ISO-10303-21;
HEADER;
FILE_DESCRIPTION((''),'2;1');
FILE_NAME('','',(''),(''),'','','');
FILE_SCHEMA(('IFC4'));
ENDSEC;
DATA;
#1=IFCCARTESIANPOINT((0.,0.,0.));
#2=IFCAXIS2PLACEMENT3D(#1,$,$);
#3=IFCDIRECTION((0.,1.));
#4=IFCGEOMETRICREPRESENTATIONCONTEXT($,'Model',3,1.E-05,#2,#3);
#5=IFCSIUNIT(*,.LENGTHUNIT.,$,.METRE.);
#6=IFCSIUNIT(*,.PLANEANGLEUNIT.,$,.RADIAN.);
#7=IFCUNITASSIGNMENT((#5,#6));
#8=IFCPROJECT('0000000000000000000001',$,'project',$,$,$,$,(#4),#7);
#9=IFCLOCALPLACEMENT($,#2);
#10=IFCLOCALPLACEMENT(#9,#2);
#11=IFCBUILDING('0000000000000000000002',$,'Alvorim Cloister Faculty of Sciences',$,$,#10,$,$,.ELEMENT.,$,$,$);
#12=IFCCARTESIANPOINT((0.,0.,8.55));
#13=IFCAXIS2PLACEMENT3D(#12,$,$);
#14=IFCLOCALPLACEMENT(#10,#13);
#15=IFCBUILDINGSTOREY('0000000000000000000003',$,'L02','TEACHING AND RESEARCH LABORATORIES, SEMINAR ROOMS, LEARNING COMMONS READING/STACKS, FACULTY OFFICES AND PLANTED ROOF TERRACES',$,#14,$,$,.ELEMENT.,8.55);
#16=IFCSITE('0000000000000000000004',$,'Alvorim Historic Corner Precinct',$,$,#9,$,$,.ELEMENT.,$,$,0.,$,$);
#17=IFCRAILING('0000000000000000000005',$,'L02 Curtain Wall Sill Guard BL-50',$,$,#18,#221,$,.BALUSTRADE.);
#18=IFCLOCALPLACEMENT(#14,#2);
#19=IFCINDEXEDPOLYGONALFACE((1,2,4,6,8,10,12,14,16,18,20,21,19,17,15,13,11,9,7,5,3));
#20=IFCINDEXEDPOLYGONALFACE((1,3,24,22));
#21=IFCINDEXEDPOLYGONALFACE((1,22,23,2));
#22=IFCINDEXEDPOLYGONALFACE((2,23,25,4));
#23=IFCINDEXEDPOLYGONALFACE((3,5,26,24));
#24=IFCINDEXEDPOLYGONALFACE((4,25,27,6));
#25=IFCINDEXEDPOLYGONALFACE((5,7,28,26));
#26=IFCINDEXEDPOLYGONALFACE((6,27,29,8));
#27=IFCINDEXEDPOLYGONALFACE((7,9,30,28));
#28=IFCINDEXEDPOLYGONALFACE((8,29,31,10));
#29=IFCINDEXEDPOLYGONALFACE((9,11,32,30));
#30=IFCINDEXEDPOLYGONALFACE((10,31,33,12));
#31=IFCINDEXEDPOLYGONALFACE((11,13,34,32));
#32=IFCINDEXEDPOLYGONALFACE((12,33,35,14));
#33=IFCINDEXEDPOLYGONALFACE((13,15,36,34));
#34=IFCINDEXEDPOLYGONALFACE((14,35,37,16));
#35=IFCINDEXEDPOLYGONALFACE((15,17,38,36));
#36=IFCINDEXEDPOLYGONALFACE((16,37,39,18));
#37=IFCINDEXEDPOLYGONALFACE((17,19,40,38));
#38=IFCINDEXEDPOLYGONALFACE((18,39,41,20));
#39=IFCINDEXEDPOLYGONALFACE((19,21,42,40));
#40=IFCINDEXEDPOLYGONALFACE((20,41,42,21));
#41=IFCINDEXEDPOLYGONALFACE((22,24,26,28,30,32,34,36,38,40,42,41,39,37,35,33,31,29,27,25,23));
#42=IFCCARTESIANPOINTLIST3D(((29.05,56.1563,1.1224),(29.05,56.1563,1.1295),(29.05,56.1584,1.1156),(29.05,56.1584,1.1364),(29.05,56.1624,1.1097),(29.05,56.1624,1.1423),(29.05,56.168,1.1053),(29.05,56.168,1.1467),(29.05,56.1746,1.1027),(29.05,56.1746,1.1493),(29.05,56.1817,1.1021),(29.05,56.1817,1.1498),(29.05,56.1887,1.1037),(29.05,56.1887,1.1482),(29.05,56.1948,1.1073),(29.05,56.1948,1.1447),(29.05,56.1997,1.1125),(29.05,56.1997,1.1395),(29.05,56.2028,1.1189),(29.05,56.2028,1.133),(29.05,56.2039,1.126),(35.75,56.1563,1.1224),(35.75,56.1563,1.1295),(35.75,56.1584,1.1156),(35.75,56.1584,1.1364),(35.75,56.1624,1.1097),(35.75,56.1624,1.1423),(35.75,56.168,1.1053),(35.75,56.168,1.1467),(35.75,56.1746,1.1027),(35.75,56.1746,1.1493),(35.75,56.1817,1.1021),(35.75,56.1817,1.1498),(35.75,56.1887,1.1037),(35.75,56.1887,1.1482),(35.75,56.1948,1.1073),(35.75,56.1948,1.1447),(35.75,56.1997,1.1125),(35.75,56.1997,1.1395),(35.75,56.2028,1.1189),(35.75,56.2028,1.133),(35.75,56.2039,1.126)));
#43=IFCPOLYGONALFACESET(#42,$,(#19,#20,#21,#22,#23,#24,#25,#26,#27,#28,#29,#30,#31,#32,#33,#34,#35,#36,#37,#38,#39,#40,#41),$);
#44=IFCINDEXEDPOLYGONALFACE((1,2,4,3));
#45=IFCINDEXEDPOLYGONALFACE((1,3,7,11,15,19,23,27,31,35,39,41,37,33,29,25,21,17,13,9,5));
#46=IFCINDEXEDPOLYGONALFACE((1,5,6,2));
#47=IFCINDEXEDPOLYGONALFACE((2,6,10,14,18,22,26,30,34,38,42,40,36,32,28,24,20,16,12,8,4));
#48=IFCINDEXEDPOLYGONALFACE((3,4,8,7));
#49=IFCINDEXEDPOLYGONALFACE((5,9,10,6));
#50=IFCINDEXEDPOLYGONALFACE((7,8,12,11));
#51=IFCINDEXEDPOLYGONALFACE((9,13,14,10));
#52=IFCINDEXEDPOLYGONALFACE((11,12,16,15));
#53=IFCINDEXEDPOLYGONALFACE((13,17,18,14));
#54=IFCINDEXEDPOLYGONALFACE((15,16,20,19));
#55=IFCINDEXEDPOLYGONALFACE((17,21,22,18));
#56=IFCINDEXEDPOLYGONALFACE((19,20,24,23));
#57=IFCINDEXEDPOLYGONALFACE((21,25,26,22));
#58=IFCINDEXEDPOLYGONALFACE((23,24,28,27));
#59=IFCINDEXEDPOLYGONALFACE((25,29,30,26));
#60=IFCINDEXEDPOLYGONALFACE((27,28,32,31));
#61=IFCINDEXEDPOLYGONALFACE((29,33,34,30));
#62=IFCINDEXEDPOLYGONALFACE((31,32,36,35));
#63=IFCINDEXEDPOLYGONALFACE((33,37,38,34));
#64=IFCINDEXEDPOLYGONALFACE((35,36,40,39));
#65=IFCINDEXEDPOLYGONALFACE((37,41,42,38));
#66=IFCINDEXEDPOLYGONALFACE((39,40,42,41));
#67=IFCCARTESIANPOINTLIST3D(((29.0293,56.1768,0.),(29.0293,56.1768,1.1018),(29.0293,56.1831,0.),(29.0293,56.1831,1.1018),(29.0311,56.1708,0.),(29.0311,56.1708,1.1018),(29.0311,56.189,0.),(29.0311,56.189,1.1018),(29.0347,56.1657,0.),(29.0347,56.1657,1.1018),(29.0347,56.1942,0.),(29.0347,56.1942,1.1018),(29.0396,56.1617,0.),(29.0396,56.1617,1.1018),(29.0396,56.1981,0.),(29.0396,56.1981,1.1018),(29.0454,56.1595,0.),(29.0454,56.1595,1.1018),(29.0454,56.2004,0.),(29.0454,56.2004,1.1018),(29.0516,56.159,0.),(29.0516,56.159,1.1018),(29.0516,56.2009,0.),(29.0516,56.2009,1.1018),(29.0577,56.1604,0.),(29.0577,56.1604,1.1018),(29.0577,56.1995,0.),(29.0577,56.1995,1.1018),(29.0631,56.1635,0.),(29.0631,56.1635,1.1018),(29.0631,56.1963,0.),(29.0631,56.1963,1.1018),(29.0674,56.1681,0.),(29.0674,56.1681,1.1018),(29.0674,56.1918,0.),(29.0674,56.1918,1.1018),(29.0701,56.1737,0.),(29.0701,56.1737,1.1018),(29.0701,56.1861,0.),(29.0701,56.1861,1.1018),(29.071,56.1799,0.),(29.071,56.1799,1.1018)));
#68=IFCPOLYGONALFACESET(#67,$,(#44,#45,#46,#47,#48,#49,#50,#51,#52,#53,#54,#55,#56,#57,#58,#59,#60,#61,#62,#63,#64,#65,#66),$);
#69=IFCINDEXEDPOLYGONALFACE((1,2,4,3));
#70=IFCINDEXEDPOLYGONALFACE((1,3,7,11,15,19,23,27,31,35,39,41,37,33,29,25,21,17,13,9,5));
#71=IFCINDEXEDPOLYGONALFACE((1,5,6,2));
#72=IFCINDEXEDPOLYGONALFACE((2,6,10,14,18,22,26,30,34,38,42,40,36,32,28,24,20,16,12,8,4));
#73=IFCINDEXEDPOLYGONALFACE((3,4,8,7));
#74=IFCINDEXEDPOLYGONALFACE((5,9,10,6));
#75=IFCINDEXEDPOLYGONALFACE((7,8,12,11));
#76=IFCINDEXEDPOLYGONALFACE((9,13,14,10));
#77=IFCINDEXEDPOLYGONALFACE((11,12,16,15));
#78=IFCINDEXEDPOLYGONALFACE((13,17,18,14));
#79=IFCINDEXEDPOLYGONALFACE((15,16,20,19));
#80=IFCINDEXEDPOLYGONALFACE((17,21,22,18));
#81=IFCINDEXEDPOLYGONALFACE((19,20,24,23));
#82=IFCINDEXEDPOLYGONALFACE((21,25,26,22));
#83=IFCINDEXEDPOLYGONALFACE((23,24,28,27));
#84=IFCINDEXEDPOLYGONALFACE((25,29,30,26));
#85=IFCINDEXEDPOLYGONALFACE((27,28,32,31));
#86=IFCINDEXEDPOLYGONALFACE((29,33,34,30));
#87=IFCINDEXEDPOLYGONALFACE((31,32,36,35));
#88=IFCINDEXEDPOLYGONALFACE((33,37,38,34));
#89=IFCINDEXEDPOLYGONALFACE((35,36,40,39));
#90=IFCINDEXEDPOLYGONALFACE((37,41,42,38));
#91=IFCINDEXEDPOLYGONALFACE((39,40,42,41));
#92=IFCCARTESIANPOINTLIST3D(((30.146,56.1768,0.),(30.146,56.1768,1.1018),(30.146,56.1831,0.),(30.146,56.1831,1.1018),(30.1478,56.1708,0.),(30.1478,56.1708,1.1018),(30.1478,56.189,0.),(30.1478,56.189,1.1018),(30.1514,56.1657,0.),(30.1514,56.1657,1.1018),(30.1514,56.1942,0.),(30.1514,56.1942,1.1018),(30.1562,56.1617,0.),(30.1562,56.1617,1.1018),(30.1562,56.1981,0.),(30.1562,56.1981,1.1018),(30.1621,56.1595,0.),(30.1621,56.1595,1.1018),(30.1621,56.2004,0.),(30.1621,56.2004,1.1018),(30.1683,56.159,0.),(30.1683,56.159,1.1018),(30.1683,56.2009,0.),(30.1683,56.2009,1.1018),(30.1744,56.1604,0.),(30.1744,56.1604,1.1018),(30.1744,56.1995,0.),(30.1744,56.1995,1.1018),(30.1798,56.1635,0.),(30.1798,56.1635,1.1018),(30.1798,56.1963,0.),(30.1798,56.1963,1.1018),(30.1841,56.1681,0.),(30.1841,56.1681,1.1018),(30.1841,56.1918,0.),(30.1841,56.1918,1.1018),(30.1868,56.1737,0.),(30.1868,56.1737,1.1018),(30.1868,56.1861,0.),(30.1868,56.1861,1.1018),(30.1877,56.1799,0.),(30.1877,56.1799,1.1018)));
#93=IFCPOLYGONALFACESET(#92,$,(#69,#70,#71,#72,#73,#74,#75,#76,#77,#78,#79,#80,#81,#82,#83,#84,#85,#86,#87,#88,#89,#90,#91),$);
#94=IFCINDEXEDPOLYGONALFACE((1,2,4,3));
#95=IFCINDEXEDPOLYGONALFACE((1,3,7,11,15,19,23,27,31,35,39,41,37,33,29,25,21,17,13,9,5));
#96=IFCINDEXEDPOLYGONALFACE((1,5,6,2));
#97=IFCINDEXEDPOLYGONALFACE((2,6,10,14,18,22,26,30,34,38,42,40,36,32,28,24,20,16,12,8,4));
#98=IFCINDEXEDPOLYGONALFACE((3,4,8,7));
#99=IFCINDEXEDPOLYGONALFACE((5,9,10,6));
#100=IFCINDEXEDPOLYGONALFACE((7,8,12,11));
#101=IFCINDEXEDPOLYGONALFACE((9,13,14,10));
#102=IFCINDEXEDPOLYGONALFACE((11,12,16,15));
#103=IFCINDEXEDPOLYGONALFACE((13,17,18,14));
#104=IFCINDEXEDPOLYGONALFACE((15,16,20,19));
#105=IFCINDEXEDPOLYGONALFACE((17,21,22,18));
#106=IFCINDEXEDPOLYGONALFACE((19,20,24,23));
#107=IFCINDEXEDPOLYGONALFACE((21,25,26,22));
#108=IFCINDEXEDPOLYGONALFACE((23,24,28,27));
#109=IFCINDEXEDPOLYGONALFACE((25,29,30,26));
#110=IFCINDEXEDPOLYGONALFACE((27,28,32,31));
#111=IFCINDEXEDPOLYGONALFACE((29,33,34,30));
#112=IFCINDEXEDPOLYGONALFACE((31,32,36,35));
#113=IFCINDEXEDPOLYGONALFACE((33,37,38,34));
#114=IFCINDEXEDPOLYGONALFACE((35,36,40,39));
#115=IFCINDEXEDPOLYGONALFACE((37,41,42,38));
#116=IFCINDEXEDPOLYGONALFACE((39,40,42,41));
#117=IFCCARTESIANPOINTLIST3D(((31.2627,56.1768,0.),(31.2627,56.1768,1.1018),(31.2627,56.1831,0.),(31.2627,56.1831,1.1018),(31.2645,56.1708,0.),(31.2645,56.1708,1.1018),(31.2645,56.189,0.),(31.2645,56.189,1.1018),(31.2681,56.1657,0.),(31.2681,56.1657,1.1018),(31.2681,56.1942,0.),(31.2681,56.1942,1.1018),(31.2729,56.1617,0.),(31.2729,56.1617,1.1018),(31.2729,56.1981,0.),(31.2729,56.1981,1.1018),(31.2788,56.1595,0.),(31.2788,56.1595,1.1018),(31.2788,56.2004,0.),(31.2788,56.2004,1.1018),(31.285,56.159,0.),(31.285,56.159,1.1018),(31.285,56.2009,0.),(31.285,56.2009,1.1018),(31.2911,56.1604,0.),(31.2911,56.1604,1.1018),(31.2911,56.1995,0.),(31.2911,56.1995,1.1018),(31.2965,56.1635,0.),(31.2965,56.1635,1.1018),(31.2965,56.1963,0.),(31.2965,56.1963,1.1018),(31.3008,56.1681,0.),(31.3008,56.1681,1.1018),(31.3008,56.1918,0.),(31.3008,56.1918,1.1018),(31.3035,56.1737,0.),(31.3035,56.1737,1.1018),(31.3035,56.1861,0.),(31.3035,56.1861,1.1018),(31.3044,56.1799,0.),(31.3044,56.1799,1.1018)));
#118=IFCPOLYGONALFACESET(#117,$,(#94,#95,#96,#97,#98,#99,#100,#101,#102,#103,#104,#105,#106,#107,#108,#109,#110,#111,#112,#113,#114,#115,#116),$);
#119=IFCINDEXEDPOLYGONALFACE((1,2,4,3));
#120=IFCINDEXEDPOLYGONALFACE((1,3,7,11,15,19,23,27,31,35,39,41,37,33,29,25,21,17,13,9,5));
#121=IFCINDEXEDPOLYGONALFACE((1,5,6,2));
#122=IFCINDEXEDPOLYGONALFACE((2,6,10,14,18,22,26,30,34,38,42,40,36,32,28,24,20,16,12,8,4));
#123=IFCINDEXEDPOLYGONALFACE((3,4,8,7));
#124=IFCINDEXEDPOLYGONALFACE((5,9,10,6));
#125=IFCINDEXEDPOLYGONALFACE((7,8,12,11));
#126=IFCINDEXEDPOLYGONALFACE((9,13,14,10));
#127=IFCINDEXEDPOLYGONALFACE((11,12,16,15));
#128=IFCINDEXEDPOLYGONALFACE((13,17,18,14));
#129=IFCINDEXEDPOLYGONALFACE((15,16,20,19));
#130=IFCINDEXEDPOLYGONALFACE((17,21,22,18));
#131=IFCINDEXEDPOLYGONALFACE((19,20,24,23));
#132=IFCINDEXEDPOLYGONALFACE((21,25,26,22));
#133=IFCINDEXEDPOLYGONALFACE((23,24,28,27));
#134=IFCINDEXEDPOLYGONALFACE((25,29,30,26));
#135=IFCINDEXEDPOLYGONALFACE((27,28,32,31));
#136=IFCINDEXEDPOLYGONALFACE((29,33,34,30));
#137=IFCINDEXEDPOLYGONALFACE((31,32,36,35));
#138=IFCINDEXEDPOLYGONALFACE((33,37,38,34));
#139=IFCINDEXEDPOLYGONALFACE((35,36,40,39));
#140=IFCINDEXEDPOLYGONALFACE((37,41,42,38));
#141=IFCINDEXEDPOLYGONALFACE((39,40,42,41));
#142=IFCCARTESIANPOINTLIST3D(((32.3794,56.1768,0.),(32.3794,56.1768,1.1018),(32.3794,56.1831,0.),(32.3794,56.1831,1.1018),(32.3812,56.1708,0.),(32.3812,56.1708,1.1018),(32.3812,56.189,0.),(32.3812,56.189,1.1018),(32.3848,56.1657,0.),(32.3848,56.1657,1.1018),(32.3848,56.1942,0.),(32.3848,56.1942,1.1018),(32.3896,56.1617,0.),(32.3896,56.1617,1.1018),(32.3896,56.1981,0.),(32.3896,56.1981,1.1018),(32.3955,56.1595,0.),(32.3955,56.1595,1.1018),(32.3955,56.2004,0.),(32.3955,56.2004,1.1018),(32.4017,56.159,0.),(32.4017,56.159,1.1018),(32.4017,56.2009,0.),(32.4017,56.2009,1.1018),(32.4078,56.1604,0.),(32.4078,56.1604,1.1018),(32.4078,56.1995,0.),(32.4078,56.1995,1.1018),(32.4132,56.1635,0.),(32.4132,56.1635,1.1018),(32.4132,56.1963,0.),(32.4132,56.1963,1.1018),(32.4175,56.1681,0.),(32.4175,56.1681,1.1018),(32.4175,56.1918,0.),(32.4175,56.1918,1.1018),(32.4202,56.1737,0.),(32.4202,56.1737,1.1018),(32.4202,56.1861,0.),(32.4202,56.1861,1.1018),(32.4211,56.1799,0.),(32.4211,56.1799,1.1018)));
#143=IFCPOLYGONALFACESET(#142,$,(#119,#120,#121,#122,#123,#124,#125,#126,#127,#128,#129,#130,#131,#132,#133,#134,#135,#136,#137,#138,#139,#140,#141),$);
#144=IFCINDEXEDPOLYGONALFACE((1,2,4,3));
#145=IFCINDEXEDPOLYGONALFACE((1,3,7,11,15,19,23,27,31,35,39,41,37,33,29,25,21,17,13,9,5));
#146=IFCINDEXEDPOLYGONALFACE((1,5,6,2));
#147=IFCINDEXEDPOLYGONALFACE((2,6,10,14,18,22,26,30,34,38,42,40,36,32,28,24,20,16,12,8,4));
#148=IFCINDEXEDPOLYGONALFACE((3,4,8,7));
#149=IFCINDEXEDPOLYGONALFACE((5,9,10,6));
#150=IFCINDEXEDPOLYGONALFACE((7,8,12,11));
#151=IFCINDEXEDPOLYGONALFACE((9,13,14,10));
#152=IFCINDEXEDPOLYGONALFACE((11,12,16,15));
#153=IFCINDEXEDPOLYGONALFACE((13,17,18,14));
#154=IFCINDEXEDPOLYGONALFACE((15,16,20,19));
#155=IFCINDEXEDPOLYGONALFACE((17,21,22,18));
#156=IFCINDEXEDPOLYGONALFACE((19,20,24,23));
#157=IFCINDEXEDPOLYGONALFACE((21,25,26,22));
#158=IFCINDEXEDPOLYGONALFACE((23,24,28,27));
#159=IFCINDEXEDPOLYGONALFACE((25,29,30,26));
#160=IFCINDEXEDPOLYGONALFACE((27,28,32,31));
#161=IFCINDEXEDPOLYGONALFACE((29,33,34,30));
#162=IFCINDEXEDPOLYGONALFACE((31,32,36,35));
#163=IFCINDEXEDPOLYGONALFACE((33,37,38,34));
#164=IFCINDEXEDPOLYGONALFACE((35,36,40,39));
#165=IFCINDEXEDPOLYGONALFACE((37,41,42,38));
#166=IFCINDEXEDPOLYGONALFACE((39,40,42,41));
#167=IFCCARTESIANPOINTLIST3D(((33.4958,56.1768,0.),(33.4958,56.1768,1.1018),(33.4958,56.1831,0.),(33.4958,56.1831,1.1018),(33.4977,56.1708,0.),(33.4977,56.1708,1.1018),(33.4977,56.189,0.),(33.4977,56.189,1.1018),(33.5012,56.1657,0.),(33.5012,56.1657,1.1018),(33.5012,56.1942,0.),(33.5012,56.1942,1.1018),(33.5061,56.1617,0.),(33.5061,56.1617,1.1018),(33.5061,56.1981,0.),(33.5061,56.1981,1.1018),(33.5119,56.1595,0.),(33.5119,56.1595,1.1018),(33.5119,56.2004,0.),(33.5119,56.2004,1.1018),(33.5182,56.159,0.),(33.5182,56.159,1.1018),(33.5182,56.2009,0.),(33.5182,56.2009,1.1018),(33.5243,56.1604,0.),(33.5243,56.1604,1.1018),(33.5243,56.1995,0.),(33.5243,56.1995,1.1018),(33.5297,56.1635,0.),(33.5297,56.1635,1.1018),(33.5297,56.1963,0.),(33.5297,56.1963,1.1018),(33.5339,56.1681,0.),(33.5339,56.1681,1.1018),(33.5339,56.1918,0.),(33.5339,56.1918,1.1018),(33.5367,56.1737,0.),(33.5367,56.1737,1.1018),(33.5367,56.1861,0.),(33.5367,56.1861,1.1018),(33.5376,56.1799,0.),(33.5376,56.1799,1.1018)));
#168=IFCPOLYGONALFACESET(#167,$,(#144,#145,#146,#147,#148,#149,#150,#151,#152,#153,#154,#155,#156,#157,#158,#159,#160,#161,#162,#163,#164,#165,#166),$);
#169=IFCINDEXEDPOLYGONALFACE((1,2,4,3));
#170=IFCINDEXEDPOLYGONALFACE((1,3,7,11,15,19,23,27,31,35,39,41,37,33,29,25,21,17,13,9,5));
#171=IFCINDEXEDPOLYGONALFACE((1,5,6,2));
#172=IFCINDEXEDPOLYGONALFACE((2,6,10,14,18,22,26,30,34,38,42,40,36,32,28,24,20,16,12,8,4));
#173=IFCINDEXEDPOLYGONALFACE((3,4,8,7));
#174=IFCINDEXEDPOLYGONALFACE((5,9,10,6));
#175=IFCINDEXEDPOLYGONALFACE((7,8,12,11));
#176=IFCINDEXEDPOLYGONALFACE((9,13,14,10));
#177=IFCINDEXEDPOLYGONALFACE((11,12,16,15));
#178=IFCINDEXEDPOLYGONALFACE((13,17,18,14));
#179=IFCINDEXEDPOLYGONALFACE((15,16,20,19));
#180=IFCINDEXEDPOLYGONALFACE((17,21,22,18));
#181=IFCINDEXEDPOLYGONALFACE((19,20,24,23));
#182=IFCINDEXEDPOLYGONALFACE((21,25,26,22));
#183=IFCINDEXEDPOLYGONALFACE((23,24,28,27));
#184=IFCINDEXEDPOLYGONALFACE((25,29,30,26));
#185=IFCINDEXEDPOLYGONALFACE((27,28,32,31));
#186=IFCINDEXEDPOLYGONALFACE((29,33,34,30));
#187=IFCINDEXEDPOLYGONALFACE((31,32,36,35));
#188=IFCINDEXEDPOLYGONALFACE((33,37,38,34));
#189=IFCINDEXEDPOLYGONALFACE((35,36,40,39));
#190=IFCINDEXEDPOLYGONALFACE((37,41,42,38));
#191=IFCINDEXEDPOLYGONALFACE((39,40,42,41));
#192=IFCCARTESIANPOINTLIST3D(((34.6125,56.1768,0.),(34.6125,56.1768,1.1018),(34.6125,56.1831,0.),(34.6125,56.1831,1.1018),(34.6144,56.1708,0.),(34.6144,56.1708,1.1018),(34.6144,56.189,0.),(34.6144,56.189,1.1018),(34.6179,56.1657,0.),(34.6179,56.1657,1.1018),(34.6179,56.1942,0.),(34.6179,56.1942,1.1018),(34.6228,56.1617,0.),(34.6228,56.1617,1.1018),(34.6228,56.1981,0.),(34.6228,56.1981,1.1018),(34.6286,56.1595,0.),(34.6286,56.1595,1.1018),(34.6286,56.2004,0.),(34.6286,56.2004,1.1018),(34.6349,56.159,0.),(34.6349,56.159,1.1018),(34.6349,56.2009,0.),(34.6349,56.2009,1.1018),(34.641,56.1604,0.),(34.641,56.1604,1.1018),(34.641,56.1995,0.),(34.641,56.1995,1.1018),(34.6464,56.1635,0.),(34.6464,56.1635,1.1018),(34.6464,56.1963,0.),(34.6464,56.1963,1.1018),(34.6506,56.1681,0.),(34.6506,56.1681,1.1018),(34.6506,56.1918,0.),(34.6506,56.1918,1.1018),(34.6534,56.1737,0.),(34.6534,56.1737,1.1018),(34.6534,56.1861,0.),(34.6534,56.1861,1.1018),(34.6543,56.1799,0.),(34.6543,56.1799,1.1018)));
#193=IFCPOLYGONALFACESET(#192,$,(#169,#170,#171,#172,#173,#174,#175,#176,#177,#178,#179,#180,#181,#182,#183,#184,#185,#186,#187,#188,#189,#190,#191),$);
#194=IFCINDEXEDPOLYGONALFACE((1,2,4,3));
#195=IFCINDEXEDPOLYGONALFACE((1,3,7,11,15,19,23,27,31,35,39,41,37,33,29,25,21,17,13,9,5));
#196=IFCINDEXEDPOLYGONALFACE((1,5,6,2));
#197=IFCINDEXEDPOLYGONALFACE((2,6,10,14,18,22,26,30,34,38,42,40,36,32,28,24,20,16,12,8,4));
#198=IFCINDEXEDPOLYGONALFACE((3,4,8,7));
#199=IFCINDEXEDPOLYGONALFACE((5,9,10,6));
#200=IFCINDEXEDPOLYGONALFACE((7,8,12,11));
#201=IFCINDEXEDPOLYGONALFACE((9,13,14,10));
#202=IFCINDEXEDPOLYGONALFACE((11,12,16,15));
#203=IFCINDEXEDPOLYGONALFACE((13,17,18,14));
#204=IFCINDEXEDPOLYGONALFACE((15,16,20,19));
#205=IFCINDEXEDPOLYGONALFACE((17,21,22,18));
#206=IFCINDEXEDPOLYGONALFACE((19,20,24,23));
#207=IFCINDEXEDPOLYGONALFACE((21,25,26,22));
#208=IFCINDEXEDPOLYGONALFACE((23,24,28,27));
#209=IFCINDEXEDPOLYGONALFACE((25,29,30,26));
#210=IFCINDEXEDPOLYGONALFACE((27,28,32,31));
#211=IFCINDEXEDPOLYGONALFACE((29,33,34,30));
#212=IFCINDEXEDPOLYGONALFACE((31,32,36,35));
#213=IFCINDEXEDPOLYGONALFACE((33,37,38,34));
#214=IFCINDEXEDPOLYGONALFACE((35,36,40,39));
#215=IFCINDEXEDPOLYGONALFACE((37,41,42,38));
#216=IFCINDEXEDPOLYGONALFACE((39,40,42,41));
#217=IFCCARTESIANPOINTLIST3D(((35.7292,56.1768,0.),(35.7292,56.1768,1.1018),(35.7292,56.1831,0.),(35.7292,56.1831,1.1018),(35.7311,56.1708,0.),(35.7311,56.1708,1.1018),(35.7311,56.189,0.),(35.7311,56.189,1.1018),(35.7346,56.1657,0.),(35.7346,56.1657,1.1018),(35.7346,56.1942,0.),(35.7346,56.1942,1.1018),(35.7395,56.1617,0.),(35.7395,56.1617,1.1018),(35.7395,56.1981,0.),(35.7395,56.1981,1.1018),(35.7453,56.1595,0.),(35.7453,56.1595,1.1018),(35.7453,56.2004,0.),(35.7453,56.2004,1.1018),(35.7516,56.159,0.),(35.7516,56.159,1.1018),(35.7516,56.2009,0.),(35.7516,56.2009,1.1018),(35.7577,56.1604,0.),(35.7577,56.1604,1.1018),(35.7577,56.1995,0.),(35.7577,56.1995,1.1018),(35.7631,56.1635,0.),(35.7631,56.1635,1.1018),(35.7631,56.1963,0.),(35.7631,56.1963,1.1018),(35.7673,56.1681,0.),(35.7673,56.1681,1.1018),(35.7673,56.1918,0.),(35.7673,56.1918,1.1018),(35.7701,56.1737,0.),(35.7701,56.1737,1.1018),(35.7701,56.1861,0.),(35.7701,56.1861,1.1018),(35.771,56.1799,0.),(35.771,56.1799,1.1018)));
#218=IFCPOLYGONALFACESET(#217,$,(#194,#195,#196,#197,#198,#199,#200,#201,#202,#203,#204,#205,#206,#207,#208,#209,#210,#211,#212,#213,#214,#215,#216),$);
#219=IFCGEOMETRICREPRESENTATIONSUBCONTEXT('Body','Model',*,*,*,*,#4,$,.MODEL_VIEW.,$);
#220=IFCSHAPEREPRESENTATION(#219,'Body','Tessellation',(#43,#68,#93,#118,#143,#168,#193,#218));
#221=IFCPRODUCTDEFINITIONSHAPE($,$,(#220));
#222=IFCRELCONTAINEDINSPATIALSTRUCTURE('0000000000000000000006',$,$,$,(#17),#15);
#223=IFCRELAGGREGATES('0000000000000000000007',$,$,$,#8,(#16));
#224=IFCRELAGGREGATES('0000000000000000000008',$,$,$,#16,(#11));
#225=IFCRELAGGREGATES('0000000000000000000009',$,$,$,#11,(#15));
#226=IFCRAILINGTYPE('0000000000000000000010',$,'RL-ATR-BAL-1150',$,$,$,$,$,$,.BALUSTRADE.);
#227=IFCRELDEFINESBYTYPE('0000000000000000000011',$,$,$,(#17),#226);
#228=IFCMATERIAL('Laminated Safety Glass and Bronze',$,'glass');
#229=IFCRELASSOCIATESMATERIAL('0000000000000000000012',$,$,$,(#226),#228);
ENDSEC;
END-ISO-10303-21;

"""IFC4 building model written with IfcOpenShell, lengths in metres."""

from ifc_helpers import new_model, si_unit, direction, frame, origin, origin_2d, place, context, subcontext, project, spatial, circle, extrude, material, type_object, element, save


model = new_model("IFC4")

# Units and contexts
model_context = context("Model", 3, precision=1e-05, world=origin(), true_north=direction((0.0, 1.0)))
body_context = subcontext(model_context, "Body", "Model", "MODEL_VIEW")
ifc_project = project(units=[si_unit("LENGTHUNIT", "METRE"), si_unit("PLANEANGLEUNIT", "RADIAN")], contexts=[model_context])

# Site, building, storey
site_placement = place(None, origin())
site = spatial("IfcSite", under=ifc_project, at=site_placement, Name="Alvorim Historic Corner Precinct", CompositionType="ELEMENT", RefElevation=0.0)
building_placement = place(site_placement, origin())
building = spatial("IfcBuilding", under=site, at=building_placement, Name="Alvorim Cloister Faculty of Sciences", CompositionType="ELEMENT")
storey_placement = place(building_placement, frame((0.0, 0.0, 8.55)))
storey = spatial("IfcBuildingStorey", under=building, at=storey_placement, Name="L02", Description="TEACHING AND RESEARCH LABORATORIES, SEMINAR ROOMS, LEARNING COMMONS READING/STACKS, FACULTY OFFICES AND PLANTED ROOF TERRACES", CompositionType="ELEMENT", Elevation=8.55)

# Railing
ifc_material_1 = material(Name="Laminated Safety Glass and Bronze", Category="glass")
railing_type = type_object("IfcRailingType", Name="RL-ATR-BAL-1150", PredefinedType="BALUSTRADE", material=ifc_material_1)
railing_placement = place(storey_placement, frame((29.05, 56.1799, 0.0)))
element("IfcRailing", 1, at=railing_placement, inside=storey, type_object=railing_type, Name="L02 Curtain Wall Sill Guard BL-50", PredefinedType="BALUSTRADE", context=body_context, shape_type="SweptSolid", body=[
    extrude(circle(Radius=0.0239, at=origin_2d()), frame((0.0, 0.0, 1.126), z_axis=(1.0, 0.0, 0.0), x_axis=(0.0, 1.0, 0.0)), (0.0, 0.0, 1.0), 6.7),
    extrude(circle(Radius=0.021, at=origin_2d()), origin(), (0.0, 0.0, 1.0), 1.1018),
    extrude(circle(Radius=0.021, at=origin_2d()), frame((1.1167, 0.0, 0.0)), (0.0, 0.0, 1.0), 1.1018),
    extrude(circle(Radius=0.021, at=origin_2d()), frame((2.2334, 0.0, 0.0)), (0.0, 0.0, 1.0), 1.1018),
    extrude(circle(Radius=0.021, at=origin_2d()), frame((3.3501, 0.0, 0.0)), (0.0, 0.0, 1.0), 1.1018),
    extrude(circle(Radius=0.021, at=origin_2d()), frame((4.4666, 0.0, 0.0)), (0.0, 0.0, 1.0), 1.1018),
    extrude(circle(Radius=0.021, at=origin_2d()), frame((5.5833, 0.0, 0.0)), (0.0, 0.0, 1.0), 1.1018),
    extrude(circle(Radius=0.021, at=origin_2d()), frame((6.7, 0.0, 0.0)), (0.0, 0.0, 1.0), 1.1018),
])

save(model, "model.ifc")
